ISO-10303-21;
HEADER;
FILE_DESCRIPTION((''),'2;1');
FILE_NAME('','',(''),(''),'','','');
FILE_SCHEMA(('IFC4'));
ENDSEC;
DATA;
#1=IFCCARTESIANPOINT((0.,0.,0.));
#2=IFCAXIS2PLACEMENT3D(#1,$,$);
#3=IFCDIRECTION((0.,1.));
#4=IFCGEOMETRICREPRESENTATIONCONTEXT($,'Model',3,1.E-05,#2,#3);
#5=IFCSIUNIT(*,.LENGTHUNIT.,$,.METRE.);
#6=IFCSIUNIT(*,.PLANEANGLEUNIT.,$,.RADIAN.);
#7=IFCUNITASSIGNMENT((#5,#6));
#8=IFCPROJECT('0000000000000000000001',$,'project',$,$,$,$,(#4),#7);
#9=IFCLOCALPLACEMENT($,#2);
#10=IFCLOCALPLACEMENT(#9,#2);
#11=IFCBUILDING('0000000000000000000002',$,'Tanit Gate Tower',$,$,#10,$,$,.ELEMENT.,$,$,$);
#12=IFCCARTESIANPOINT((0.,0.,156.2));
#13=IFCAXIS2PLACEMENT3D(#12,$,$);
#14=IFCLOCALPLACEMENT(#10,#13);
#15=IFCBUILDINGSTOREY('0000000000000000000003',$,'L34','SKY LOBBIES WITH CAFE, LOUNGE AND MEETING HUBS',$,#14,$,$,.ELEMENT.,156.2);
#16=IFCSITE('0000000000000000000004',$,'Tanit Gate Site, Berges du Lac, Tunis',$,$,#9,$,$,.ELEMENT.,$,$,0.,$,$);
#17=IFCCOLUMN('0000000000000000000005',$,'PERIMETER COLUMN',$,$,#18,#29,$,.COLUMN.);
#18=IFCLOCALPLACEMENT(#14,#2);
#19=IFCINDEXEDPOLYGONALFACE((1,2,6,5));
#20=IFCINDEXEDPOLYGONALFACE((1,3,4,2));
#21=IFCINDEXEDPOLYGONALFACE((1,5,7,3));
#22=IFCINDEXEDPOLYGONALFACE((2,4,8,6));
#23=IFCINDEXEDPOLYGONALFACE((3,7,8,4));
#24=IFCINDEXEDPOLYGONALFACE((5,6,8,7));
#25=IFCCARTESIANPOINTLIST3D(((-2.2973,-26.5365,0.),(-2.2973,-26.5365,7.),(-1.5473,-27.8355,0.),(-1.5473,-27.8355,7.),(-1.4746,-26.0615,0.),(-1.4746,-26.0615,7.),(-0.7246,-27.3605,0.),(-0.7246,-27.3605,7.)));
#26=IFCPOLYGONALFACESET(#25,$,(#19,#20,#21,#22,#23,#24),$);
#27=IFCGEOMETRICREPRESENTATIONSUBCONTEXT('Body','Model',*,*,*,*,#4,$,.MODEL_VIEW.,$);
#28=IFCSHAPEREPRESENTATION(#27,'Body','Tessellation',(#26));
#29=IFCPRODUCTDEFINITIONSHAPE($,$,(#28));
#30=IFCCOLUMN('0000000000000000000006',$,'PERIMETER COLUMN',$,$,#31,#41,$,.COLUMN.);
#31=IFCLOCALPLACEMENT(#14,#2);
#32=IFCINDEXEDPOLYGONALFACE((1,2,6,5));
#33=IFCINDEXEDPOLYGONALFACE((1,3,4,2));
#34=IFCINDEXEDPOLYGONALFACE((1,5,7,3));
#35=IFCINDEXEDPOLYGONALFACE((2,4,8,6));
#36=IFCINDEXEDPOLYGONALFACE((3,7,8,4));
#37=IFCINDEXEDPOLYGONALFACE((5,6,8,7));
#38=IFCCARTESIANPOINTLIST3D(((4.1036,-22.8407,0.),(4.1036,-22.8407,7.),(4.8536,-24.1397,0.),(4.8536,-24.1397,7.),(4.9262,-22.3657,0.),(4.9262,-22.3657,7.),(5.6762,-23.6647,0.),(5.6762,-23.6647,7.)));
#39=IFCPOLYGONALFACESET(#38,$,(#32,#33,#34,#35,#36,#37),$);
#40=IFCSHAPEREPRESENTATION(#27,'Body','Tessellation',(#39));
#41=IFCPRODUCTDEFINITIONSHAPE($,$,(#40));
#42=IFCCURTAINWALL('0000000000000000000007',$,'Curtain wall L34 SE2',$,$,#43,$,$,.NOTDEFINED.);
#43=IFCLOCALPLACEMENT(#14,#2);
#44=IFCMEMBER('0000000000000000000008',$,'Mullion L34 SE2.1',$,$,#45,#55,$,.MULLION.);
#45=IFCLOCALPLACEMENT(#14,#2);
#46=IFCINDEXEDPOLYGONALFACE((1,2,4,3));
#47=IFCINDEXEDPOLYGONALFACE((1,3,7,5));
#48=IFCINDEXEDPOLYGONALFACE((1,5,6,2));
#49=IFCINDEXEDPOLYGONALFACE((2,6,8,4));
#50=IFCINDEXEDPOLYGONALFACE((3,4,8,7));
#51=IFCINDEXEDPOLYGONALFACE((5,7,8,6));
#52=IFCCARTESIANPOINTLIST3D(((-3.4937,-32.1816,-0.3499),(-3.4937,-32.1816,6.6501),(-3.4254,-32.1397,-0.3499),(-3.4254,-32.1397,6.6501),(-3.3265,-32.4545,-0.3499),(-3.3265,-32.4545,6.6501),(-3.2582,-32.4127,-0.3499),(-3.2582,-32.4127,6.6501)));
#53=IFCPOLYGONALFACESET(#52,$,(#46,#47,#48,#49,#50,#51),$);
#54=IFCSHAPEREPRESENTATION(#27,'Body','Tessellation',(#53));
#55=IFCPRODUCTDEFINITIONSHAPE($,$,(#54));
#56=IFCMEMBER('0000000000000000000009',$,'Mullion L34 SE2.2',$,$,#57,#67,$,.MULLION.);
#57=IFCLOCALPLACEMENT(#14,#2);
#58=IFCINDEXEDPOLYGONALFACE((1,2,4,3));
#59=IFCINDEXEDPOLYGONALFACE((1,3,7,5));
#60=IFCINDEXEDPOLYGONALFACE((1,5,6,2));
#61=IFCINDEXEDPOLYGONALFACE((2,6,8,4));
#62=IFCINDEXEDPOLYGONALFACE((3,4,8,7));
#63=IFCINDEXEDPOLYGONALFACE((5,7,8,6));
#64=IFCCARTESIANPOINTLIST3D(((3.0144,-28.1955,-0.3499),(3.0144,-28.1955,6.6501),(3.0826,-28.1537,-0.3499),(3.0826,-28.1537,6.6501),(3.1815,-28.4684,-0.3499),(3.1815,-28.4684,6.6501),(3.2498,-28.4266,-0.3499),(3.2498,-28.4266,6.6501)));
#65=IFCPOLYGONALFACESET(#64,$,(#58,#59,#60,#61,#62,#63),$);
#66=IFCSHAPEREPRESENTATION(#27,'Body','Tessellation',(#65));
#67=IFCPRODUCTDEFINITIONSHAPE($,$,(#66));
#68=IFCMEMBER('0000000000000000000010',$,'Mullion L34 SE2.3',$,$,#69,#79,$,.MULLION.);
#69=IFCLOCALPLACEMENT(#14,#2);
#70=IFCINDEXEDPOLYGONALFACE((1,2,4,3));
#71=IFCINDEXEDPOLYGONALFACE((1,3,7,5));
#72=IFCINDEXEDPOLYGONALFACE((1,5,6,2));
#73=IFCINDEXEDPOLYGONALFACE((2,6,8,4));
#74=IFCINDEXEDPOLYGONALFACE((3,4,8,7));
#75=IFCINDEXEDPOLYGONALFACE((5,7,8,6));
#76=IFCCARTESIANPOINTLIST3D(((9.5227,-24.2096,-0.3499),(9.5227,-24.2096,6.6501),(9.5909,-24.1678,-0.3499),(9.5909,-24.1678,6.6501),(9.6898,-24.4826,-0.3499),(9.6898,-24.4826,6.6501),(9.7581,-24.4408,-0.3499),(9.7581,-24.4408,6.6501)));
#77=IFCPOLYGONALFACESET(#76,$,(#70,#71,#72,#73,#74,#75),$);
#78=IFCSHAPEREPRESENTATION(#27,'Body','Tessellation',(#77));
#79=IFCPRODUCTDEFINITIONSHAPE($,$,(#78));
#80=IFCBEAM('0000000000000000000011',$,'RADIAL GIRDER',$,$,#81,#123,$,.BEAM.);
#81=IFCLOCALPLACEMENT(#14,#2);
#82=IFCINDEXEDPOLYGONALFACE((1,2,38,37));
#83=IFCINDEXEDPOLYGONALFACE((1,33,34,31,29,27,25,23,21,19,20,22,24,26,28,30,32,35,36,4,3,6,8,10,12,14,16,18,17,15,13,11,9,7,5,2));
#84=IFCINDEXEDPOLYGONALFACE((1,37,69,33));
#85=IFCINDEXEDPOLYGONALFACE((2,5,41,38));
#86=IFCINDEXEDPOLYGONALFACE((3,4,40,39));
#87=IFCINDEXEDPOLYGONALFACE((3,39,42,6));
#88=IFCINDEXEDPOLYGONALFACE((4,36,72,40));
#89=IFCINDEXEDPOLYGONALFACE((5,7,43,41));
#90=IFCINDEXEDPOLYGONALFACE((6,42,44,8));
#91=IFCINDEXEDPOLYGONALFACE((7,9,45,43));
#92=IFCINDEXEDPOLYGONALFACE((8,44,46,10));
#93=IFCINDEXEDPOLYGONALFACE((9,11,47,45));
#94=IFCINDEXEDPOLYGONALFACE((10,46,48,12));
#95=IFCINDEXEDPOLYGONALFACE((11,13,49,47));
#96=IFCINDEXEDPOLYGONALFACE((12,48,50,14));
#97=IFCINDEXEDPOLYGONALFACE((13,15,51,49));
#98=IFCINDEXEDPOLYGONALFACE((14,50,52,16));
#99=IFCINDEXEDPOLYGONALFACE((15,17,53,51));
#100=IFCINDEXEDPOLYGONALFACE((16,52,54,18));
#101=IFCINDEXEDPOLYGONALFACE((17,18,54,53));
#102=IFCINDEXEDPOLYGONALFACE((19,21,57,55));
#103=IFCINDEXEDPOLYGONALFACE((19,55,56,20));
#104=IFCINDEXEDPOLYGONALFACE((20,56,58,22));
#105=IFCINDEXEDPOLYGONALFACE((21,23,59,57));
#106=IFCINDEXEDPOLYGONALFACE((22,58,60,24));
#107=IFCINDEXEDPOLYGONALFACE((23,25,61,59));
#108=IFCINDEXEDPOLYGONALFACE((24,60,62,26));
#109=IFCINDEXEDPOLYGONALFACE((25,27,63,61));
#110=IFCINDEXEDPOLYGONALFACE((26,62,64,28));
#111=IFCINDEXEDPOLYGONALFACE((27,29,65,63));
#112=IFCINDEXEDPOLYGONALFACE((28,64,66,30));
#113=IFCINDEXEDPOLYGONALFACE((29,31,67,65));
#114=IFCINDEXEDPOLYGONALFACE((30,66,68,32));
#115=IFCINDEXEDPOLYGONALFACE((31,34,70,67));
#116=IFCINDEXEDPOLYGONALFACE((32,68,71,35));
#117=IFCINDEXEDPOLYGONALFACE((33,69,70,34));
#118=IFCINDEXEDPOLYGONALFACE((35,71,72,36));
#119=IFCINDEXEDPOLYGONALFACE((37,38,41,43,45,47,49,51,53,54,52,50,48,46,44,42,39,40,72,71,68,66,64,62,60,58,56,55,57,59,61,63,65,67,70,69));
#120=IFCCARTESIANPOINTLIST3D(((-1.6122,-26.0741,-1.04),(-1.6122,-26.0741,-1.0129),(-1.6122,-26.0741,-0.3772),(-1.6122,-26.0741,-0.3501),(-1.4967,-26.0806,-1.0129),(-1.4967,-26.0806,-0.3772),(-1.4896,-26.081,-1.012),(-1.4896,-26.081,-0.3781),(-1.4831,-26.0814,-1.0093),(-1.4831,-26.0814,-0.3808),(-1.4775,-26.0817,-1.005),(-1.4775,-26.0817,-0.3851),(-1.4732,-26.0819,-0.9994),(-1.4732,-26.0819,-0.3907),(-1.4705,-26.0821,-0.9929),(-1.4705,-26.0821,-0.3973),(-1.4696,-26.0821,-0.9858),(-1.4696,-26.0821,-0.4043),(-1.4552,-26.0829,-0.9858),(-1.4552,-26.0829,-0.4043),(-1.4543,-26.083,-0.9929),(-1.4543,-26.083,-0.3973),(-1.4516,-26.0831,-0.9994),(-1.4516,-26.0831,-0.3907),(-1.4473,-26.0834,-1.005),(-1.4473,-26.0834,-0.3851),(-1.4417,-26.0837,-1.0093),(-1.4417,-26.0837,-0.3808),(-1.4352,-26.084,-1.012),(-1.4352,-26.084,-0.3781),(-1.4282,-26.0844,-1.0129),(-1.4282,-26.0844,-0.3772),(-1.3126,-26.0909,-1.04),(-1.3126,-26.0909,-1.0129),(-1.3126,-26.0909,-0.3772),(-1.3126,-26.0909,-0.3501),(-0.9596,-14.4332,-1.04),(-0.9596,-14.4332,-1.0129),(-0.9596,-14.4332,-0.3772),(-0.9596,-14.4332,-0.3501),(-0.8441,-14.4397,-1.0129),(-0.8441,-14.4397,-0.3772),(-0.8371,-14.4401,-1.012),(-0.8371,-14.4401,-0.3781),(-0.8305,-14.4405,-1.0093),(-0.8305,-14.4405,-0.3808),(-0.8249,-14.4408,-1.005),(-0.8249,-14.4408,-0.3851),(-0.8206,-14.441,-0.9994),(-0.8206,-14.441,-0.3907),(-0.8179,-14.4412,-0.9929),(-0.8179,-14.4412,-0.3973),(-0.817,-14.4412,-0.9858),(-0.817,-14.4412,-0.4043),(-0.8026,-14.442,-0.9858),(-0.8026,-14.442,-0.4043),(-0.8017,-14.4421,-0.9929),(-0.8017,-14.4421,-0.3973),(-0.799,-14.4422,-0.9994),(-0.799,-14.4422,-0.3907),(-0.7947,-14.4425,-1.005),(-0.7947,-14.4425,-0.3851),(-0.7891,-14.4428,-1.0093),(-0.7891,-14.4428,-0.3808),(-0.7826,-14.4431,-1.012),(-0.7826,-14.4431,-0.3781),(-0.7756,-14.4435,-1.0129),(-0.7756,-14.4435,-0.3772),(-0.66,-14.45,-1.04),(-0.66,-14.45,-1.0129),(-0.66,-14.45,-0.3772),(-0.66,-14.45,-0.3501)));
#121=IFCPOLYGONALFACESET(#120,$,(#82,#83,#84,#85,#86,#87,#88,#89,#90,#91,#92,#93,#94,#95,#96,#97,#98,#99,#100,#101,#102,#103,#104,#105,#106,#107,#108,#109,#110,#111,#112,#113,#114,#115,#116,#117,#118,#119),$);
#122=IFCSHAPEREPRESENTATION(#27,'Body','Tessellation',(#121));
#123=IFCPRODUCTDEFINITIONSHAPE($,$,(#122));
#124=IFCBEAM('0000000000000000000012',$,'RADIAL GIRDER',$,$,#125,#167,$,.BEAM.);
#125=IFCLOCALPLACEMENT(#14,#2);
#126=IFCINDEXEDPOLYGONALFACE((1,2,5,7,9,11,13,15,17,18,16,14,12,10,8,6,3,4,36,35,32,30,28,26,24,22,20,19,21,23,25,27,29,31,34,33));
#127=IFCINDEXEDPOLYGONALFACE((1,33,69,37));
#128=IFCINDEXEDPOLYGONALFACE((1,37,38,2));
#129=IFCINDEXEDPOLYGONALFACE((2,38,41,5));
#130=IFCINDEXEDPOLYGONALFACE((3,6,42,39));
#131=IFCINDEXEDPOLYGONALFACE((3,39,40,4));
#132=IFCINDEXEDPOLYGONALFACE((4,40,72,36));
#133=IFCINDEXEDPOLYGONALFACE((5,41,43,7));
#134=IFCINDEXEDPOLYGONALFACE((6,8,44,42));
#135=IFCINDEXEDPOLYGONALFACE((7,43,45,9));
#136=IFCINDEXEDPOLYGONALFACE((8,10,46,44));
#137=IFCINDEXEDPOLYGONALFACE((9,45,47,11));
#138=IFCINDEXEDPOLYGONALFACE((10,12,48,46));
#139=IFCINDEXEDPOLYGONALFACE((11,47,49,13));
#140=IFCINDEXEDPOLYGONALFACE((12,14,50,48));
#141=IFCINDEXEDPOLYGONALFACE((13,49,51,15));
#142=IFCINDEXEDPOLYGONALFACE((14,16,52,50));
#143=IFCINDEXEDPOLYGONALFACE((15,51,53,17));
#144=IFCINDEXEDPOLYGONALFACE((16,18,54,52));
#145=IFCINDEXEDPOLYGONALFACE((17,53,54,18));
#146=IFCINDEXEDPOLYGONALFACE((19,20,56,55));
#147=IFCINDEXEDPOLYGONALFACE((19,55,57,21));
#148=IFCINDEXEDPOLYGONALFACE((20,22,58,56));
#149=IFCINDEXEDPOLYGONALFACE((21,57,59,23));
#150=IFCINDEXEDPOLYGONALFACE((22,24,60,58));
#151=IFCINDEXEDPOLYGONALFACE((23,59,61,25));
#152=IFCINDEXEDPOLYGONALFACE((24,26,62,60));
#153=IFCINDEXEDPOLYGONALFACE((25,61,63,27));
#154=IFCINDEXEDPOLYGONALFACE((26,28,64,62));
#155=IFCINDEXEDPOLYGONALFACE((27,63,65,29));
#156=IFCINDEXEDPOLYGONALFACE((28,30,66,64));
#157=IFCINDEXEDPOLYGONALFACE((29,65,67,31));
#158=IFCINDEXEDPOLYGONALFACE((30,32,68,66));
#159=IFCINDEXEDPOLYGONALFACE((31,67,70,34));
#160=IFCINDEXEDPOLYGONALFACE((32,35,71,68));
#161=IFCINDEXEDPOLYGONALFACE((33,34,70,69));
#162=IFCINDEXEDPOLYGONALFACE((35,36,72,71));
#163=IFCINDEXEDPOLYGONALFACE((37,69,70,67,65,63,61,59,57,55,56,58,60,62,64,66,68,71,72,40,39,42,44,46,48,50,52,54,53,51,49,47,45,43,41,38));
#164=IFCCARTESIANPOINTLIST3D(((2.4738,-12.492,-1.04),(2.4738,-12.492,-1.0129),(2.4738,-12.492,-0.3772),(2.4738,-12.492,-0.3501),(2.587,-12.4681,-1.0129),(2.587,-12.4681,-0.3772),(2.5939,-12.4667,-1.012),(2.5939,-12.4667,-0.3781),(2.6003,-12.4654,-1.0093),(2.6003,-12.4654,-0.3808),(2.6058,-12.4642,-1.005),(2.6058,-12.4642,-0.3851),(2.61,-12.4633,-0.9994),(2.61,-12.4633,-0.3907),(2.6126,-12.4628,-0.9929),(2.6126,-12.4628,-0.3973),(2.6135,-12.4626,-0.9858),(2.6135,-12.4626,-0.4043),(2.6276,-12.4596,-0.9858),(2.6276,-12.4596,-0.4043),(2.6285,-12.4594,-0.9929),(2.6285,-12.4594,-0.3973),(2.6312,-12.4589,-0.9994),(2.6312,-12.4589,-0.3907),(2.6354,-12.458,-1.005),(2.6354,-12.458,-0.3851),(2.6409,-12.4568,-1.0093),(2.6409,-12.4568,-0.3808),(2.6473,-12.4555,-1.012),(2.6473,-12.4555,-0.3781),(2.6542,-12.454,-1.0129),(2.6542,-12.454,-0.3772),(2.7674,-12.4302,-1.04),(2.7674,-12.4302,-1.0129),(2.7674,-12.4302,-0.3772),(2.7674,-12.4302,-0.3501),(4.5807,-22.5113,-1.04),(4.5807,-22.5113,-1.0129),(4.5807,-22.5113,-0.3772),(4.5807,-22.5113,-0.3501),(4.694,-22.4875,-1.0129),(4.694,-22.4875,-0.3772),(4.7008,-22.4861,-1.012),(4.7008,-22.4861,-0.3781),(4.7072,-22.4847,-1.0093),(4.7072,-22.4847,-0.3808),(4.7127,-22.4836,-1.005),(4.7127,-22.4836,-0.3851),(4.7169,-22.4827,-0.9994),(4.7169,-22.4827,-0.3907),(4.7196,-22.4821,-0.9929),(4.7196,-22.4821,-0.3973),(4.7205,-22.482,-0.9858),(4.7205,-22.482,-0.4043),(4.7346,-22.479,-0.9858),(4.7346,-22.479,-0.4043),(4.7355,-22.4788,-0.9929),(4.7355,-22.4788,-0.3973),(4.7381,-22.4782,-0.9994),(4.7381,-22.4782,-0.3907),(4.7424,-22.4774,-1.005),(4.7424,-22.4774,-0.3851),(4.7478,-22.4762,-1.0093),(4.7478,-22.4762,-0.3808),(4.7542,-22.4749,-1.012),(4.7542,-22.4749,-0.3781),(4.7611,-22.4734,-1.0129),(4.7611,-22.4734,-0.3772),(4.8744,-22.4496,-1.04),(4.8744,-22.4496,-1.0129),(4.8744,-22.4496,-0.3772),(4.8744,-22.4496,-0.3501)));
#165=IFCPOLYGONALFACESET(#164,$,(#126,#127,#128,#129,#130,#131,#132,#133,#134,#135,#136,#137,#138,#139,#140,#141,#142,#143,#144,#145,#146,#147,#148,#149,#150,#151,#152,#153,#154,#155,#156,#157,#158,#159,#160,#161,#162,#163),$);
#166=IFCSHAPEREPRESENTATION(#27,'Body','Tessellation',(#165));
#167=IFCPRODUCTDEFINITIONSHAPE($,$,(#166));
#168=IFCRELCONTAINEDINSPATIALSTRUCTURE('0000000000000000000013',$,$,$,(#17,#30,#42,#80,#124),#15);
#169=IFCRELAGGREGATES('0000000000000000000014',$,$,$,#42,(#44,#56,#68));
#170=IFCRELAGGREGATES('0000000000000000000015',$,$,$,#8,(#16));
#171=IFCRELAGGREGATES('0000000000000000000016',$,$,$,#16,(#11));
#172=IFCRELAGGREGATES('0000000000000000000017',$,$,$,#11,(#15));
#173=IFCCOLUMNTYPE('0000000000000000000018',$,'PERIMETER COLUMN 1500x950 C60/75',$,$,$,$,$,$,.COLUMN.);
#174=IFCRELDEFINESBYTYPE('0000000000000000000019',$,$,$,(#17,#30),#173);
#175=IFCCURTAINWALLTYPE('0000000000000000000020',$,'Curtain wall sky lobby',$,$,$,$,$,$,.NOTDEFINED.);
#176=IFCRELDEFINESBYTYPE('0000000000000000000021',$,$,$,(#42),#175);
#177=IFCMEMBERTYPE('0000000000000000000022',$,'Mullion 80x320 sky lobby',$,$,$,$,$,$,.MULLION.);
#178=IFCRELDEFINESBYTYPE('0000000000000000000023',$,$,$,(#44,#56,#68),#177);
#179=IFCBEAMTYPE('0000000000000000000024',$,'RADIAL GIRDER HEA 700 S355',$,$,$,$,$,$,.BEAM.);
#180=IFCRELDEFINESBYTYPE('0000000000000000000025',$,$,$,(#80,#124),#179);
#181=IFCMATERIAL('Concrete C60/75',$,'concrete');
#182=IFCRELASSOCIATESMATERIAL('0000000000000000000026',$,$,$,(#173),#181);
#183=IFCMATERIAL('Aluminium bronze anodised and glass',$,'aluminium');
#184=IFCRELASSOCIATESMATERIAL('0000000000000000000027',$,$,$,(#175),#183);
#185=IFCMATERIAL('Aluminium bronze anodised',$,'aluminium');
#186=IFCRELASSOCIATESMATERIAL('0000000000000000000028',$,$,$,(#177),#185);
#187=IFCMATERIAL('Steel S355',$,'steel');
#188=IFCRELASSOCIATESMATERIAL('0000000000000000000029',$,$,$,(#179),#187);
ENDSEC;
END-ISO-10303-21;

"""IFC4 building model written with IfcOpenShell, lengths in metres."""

from ifc_helpers import new_model, si_unit, direction, frame, origin, origin_2d, place, context, subcontext, project, spatial, rectangle, i_section, extrude, material, material_profile, profile_set, type_object, element, aggregate, save


model = new_model("IFC4")

# Units and contexts
model_context = context("Model", 3, precision=1e-05, world=origin(), true_north=direction((0.0, 1.0)))
body_context = subcontext(model_context, "Body", "Model", "MODEL_VIEW")
ifc_project = project(units=[si_unit("LENGTHUNIT", "METRE"), si_unit("PLANEANGLEUNIT", "RADIAN")], contexts=[model_context])

# Site, building, storey
site_placement = place(None, origin())
site = spatial("IfcSite", under=ifc_project, at=site_placement, Name="Tanit Gate Site, Berges du Lac, Tunis", CompositionType="ELEMENT", RefElevation=0.0)
building_placement = place(site_placement, origin())
building = spatial("IfcBuilding", under=site, at=building_placement, Name="Tanit Gate Tower", CompositionType="ELEMENT")
storey_placement = place(building_placement, frame((0.0, 0.0, 156.2)))
storey = spatial("IfcBuildingStorey", under=building, at=storey_placement, Name="L34", Description="SKY LOBBIES WITH CAFE, LOUNGE AND MEETING HUBS", CompositionType="ELEMENT", Elevation=156.2)

# Columns
ifc_material_1 = material(Name="Concrete C60/75", Category="concrete")
ifc_material_profile_1 = material_profile(ifc_material_1, rectangle(XDim=1.5, YDim=0.95, at=origin_2d()), Name="RC 1500x950")
ifc_profile_set_1 = profile_set([ifc_material_profile_1], Name="Concrete C60/75")
column_type = type_object("IfcColumnType", Name="PERIMETER COLUMN 1500x950 C60/75", PredefinedType="COLUMN", material=ifc_profile_set_1)
for number, where, z_axis, x_axis, name in (
    (1, (-1.511, -26.9485, 0.0), (0.0, 0.0, 1.0), (0.5, -0.866025, 0.0), "PERIMETER COLUMN"),
    (2, (4.8899, -23.2527, 0.0), (0.0, 0.0, 1.0), (0.5, -0.866025, 0.0), "PERIMETER COLUMN"),
):
    element("IfcColumn", number, at=place(storey_placement, frame(where, z_axis=z_axis, x_axis=x_axis)), inside=storey, type_object=column_type, Name=name, PredefinedType="COLUMN", context=body_context, shape_type="SweptSolid", body=[
        extrude(rectangle(XDim=1.5, YDim=0.95, at=origin_2d()), origin(), (0.0, 0.0, 1.0), 7.0),
    ])

# Curtain wall, members
ifc_material_2 = material(Name="Aluminium bronze anodised and glass", Category="aluminium")
curtain_wall_type = type_object("IfcCurtainWallType", Name="Curtain wall sky lobby", PredefinedType="NOTDEFINED", material=ifc_material_2)
curtain_wall_placement = place(storey_placement, origin())
curtain_wall = element("IfcCurtainWall", 3, at=curtain_wall_placement, inside=storey, type_object=curtain_wall_type, Name="Curtain wall L34 SE2", PredefinedType="NOTDEFINED")
ifc_material_3 = material(Name="Aluminium bronze anodised", Category="aluminium")
ifc_material_profile_2 = material_profile(ifc_material_3, rectangle(XDim=0.3201, YDim=0.0801, at=origin_2d()), Name="80x320 bronze mullion")
ifc_profile_set_2 = profile_set([ifc_material_profile_2], Name="Aluminium bronze anodised")
member_type_1 = type_object("IfcMemberType", Name="Mullion 80x320 sky lobby", PredefinedType="MULLION", material=ifc_profile_set_2)
member_1_placement = place(storey_placement, frame((-3.376, -32.2971, -0.3499), z_axis=(0.0, 0.0, 1.0), x_axis=(-0.522283, 0.852772, 0.0)))
member_1 = element("IfcMember", 4, at=member_1_placement, type_object=member_type_1, Name="Mullion L34 SE2.1", PredefinedType="MULLION", context=body_context, shape_type="SweptSolid", body=[
    extrude(rectangle(XDim=0.3201, YDim=0.0801, at=origin_2d()), origin(), (0.0, 0.0, 1.0), 7.0),
])
member_2_placement = place(storey_placement, frame((3.1321, -28.311, -0.3499), z_axis=(0.0, 0.0, 1.0), x_axis=(-0.522283, 0.852772, 0.0)))
member_2 = element("IfcMember", 5, at=member_2_placement, type_object=member_type_1, Name="Mullion L34 SE2.2", PredefinedType="MULLION", context=body_context, shape_type="SweptSolid", body=[
    extrude(rectangle(XDim=0.3201, YDim=0.0801, at=origin_2d()), origin(), (0.0, 0.0, 1.0), 7.0),
])
member_3_placement = place(storey_placement, frame((9.6404, -24.3252, -0.3499), z_axis=(0.0, 0.0, 1.0), x_axis=(-0.522283, 0.852772, 0.0)))
member_3 = element("IfcMember", 6, at=member_3_placement, type_object=member_type_1, Name="Mullion L34 SE2.3", PredefinedType="MULLION", context=body_context, shape_type="SweptSolid", body=[
    extrude(rectangle(XDim=0.3201, YDim=0.0801, at=origin_2d()), origin(), (0.0, 0.0, 1.0), 7.0),
])

# Beams
ifc_material_4 = material(Name="Steel S355", Category="steel")
ifc_material_profile_3 = material_profile(ifc_material_4, i_section(OverallWidth=0.3, OverallDepth=0.6899, WebThickness=0.0144, FlangeThickness=0.0271, FilletRadius=0.0271, at=origin_2d()), Name="HEA 700")
ifc_profile_set_3 = profile_set([ifc_material_profile_3], Name="Steel S355")
beam_type_1 = type_object("IfcBeamType", Name="RADIAL GIRDER HEA 700 S355", PredefinedType="BEAM", material=ifc_profile_set_3)
beam_1_placement = place(storey_placement, frame((-1.4624, -26.0825, -0.6951), z_axis=(0.055972, 0.998432, 0.0), x_axis=(-0.998432, 0.055972, 0.0)))
element("IfcBeam", 7, at=beam_1_placement, inside=storey, type_object=beam_type_1, Name="RADIAL GIRDER", PredefinedType="BEAM", context=body_context, shape_type="SweptSolid", body=[
    extrude(i_section(OverallWidth=0.3, OverallDepth=0.6899, WebThickness=0.0144, FlangeThickness=0.0271, FilletRadius=0.0271, at=origin_2d()), origin(), (0.0, 0.0, 1.0), 11.6592),
])
beam_2_placement = place(storey_placement, frame((4.7275, -22.4805, -0.6951), z_axis=(-0.205787, 0.978597, 0.0), x_axis=(-0.978597, -0.205787, 0.0)))
element("IfcBeam", 8, at=beam_2_placement, inside=storey, type_object=beam_type_1, Name="RADIAL GIRDER", PredefinedType="BEAM", context=body_context, shape_type="SweptSolid", body=[
    extrude(i_section(OverallWidth=0.3, OverallDepth=0.6899, WebThickness=0.0144, FlangeThickness=0.0271, FilletRadius=0.0271, at=origin_2d()), origin(), (0.0, 0.0, 1.0), 10.2385),
])

aggregate(curtain_wall, [member_1, member_2, member_3])

save(model, "model.ifc")
